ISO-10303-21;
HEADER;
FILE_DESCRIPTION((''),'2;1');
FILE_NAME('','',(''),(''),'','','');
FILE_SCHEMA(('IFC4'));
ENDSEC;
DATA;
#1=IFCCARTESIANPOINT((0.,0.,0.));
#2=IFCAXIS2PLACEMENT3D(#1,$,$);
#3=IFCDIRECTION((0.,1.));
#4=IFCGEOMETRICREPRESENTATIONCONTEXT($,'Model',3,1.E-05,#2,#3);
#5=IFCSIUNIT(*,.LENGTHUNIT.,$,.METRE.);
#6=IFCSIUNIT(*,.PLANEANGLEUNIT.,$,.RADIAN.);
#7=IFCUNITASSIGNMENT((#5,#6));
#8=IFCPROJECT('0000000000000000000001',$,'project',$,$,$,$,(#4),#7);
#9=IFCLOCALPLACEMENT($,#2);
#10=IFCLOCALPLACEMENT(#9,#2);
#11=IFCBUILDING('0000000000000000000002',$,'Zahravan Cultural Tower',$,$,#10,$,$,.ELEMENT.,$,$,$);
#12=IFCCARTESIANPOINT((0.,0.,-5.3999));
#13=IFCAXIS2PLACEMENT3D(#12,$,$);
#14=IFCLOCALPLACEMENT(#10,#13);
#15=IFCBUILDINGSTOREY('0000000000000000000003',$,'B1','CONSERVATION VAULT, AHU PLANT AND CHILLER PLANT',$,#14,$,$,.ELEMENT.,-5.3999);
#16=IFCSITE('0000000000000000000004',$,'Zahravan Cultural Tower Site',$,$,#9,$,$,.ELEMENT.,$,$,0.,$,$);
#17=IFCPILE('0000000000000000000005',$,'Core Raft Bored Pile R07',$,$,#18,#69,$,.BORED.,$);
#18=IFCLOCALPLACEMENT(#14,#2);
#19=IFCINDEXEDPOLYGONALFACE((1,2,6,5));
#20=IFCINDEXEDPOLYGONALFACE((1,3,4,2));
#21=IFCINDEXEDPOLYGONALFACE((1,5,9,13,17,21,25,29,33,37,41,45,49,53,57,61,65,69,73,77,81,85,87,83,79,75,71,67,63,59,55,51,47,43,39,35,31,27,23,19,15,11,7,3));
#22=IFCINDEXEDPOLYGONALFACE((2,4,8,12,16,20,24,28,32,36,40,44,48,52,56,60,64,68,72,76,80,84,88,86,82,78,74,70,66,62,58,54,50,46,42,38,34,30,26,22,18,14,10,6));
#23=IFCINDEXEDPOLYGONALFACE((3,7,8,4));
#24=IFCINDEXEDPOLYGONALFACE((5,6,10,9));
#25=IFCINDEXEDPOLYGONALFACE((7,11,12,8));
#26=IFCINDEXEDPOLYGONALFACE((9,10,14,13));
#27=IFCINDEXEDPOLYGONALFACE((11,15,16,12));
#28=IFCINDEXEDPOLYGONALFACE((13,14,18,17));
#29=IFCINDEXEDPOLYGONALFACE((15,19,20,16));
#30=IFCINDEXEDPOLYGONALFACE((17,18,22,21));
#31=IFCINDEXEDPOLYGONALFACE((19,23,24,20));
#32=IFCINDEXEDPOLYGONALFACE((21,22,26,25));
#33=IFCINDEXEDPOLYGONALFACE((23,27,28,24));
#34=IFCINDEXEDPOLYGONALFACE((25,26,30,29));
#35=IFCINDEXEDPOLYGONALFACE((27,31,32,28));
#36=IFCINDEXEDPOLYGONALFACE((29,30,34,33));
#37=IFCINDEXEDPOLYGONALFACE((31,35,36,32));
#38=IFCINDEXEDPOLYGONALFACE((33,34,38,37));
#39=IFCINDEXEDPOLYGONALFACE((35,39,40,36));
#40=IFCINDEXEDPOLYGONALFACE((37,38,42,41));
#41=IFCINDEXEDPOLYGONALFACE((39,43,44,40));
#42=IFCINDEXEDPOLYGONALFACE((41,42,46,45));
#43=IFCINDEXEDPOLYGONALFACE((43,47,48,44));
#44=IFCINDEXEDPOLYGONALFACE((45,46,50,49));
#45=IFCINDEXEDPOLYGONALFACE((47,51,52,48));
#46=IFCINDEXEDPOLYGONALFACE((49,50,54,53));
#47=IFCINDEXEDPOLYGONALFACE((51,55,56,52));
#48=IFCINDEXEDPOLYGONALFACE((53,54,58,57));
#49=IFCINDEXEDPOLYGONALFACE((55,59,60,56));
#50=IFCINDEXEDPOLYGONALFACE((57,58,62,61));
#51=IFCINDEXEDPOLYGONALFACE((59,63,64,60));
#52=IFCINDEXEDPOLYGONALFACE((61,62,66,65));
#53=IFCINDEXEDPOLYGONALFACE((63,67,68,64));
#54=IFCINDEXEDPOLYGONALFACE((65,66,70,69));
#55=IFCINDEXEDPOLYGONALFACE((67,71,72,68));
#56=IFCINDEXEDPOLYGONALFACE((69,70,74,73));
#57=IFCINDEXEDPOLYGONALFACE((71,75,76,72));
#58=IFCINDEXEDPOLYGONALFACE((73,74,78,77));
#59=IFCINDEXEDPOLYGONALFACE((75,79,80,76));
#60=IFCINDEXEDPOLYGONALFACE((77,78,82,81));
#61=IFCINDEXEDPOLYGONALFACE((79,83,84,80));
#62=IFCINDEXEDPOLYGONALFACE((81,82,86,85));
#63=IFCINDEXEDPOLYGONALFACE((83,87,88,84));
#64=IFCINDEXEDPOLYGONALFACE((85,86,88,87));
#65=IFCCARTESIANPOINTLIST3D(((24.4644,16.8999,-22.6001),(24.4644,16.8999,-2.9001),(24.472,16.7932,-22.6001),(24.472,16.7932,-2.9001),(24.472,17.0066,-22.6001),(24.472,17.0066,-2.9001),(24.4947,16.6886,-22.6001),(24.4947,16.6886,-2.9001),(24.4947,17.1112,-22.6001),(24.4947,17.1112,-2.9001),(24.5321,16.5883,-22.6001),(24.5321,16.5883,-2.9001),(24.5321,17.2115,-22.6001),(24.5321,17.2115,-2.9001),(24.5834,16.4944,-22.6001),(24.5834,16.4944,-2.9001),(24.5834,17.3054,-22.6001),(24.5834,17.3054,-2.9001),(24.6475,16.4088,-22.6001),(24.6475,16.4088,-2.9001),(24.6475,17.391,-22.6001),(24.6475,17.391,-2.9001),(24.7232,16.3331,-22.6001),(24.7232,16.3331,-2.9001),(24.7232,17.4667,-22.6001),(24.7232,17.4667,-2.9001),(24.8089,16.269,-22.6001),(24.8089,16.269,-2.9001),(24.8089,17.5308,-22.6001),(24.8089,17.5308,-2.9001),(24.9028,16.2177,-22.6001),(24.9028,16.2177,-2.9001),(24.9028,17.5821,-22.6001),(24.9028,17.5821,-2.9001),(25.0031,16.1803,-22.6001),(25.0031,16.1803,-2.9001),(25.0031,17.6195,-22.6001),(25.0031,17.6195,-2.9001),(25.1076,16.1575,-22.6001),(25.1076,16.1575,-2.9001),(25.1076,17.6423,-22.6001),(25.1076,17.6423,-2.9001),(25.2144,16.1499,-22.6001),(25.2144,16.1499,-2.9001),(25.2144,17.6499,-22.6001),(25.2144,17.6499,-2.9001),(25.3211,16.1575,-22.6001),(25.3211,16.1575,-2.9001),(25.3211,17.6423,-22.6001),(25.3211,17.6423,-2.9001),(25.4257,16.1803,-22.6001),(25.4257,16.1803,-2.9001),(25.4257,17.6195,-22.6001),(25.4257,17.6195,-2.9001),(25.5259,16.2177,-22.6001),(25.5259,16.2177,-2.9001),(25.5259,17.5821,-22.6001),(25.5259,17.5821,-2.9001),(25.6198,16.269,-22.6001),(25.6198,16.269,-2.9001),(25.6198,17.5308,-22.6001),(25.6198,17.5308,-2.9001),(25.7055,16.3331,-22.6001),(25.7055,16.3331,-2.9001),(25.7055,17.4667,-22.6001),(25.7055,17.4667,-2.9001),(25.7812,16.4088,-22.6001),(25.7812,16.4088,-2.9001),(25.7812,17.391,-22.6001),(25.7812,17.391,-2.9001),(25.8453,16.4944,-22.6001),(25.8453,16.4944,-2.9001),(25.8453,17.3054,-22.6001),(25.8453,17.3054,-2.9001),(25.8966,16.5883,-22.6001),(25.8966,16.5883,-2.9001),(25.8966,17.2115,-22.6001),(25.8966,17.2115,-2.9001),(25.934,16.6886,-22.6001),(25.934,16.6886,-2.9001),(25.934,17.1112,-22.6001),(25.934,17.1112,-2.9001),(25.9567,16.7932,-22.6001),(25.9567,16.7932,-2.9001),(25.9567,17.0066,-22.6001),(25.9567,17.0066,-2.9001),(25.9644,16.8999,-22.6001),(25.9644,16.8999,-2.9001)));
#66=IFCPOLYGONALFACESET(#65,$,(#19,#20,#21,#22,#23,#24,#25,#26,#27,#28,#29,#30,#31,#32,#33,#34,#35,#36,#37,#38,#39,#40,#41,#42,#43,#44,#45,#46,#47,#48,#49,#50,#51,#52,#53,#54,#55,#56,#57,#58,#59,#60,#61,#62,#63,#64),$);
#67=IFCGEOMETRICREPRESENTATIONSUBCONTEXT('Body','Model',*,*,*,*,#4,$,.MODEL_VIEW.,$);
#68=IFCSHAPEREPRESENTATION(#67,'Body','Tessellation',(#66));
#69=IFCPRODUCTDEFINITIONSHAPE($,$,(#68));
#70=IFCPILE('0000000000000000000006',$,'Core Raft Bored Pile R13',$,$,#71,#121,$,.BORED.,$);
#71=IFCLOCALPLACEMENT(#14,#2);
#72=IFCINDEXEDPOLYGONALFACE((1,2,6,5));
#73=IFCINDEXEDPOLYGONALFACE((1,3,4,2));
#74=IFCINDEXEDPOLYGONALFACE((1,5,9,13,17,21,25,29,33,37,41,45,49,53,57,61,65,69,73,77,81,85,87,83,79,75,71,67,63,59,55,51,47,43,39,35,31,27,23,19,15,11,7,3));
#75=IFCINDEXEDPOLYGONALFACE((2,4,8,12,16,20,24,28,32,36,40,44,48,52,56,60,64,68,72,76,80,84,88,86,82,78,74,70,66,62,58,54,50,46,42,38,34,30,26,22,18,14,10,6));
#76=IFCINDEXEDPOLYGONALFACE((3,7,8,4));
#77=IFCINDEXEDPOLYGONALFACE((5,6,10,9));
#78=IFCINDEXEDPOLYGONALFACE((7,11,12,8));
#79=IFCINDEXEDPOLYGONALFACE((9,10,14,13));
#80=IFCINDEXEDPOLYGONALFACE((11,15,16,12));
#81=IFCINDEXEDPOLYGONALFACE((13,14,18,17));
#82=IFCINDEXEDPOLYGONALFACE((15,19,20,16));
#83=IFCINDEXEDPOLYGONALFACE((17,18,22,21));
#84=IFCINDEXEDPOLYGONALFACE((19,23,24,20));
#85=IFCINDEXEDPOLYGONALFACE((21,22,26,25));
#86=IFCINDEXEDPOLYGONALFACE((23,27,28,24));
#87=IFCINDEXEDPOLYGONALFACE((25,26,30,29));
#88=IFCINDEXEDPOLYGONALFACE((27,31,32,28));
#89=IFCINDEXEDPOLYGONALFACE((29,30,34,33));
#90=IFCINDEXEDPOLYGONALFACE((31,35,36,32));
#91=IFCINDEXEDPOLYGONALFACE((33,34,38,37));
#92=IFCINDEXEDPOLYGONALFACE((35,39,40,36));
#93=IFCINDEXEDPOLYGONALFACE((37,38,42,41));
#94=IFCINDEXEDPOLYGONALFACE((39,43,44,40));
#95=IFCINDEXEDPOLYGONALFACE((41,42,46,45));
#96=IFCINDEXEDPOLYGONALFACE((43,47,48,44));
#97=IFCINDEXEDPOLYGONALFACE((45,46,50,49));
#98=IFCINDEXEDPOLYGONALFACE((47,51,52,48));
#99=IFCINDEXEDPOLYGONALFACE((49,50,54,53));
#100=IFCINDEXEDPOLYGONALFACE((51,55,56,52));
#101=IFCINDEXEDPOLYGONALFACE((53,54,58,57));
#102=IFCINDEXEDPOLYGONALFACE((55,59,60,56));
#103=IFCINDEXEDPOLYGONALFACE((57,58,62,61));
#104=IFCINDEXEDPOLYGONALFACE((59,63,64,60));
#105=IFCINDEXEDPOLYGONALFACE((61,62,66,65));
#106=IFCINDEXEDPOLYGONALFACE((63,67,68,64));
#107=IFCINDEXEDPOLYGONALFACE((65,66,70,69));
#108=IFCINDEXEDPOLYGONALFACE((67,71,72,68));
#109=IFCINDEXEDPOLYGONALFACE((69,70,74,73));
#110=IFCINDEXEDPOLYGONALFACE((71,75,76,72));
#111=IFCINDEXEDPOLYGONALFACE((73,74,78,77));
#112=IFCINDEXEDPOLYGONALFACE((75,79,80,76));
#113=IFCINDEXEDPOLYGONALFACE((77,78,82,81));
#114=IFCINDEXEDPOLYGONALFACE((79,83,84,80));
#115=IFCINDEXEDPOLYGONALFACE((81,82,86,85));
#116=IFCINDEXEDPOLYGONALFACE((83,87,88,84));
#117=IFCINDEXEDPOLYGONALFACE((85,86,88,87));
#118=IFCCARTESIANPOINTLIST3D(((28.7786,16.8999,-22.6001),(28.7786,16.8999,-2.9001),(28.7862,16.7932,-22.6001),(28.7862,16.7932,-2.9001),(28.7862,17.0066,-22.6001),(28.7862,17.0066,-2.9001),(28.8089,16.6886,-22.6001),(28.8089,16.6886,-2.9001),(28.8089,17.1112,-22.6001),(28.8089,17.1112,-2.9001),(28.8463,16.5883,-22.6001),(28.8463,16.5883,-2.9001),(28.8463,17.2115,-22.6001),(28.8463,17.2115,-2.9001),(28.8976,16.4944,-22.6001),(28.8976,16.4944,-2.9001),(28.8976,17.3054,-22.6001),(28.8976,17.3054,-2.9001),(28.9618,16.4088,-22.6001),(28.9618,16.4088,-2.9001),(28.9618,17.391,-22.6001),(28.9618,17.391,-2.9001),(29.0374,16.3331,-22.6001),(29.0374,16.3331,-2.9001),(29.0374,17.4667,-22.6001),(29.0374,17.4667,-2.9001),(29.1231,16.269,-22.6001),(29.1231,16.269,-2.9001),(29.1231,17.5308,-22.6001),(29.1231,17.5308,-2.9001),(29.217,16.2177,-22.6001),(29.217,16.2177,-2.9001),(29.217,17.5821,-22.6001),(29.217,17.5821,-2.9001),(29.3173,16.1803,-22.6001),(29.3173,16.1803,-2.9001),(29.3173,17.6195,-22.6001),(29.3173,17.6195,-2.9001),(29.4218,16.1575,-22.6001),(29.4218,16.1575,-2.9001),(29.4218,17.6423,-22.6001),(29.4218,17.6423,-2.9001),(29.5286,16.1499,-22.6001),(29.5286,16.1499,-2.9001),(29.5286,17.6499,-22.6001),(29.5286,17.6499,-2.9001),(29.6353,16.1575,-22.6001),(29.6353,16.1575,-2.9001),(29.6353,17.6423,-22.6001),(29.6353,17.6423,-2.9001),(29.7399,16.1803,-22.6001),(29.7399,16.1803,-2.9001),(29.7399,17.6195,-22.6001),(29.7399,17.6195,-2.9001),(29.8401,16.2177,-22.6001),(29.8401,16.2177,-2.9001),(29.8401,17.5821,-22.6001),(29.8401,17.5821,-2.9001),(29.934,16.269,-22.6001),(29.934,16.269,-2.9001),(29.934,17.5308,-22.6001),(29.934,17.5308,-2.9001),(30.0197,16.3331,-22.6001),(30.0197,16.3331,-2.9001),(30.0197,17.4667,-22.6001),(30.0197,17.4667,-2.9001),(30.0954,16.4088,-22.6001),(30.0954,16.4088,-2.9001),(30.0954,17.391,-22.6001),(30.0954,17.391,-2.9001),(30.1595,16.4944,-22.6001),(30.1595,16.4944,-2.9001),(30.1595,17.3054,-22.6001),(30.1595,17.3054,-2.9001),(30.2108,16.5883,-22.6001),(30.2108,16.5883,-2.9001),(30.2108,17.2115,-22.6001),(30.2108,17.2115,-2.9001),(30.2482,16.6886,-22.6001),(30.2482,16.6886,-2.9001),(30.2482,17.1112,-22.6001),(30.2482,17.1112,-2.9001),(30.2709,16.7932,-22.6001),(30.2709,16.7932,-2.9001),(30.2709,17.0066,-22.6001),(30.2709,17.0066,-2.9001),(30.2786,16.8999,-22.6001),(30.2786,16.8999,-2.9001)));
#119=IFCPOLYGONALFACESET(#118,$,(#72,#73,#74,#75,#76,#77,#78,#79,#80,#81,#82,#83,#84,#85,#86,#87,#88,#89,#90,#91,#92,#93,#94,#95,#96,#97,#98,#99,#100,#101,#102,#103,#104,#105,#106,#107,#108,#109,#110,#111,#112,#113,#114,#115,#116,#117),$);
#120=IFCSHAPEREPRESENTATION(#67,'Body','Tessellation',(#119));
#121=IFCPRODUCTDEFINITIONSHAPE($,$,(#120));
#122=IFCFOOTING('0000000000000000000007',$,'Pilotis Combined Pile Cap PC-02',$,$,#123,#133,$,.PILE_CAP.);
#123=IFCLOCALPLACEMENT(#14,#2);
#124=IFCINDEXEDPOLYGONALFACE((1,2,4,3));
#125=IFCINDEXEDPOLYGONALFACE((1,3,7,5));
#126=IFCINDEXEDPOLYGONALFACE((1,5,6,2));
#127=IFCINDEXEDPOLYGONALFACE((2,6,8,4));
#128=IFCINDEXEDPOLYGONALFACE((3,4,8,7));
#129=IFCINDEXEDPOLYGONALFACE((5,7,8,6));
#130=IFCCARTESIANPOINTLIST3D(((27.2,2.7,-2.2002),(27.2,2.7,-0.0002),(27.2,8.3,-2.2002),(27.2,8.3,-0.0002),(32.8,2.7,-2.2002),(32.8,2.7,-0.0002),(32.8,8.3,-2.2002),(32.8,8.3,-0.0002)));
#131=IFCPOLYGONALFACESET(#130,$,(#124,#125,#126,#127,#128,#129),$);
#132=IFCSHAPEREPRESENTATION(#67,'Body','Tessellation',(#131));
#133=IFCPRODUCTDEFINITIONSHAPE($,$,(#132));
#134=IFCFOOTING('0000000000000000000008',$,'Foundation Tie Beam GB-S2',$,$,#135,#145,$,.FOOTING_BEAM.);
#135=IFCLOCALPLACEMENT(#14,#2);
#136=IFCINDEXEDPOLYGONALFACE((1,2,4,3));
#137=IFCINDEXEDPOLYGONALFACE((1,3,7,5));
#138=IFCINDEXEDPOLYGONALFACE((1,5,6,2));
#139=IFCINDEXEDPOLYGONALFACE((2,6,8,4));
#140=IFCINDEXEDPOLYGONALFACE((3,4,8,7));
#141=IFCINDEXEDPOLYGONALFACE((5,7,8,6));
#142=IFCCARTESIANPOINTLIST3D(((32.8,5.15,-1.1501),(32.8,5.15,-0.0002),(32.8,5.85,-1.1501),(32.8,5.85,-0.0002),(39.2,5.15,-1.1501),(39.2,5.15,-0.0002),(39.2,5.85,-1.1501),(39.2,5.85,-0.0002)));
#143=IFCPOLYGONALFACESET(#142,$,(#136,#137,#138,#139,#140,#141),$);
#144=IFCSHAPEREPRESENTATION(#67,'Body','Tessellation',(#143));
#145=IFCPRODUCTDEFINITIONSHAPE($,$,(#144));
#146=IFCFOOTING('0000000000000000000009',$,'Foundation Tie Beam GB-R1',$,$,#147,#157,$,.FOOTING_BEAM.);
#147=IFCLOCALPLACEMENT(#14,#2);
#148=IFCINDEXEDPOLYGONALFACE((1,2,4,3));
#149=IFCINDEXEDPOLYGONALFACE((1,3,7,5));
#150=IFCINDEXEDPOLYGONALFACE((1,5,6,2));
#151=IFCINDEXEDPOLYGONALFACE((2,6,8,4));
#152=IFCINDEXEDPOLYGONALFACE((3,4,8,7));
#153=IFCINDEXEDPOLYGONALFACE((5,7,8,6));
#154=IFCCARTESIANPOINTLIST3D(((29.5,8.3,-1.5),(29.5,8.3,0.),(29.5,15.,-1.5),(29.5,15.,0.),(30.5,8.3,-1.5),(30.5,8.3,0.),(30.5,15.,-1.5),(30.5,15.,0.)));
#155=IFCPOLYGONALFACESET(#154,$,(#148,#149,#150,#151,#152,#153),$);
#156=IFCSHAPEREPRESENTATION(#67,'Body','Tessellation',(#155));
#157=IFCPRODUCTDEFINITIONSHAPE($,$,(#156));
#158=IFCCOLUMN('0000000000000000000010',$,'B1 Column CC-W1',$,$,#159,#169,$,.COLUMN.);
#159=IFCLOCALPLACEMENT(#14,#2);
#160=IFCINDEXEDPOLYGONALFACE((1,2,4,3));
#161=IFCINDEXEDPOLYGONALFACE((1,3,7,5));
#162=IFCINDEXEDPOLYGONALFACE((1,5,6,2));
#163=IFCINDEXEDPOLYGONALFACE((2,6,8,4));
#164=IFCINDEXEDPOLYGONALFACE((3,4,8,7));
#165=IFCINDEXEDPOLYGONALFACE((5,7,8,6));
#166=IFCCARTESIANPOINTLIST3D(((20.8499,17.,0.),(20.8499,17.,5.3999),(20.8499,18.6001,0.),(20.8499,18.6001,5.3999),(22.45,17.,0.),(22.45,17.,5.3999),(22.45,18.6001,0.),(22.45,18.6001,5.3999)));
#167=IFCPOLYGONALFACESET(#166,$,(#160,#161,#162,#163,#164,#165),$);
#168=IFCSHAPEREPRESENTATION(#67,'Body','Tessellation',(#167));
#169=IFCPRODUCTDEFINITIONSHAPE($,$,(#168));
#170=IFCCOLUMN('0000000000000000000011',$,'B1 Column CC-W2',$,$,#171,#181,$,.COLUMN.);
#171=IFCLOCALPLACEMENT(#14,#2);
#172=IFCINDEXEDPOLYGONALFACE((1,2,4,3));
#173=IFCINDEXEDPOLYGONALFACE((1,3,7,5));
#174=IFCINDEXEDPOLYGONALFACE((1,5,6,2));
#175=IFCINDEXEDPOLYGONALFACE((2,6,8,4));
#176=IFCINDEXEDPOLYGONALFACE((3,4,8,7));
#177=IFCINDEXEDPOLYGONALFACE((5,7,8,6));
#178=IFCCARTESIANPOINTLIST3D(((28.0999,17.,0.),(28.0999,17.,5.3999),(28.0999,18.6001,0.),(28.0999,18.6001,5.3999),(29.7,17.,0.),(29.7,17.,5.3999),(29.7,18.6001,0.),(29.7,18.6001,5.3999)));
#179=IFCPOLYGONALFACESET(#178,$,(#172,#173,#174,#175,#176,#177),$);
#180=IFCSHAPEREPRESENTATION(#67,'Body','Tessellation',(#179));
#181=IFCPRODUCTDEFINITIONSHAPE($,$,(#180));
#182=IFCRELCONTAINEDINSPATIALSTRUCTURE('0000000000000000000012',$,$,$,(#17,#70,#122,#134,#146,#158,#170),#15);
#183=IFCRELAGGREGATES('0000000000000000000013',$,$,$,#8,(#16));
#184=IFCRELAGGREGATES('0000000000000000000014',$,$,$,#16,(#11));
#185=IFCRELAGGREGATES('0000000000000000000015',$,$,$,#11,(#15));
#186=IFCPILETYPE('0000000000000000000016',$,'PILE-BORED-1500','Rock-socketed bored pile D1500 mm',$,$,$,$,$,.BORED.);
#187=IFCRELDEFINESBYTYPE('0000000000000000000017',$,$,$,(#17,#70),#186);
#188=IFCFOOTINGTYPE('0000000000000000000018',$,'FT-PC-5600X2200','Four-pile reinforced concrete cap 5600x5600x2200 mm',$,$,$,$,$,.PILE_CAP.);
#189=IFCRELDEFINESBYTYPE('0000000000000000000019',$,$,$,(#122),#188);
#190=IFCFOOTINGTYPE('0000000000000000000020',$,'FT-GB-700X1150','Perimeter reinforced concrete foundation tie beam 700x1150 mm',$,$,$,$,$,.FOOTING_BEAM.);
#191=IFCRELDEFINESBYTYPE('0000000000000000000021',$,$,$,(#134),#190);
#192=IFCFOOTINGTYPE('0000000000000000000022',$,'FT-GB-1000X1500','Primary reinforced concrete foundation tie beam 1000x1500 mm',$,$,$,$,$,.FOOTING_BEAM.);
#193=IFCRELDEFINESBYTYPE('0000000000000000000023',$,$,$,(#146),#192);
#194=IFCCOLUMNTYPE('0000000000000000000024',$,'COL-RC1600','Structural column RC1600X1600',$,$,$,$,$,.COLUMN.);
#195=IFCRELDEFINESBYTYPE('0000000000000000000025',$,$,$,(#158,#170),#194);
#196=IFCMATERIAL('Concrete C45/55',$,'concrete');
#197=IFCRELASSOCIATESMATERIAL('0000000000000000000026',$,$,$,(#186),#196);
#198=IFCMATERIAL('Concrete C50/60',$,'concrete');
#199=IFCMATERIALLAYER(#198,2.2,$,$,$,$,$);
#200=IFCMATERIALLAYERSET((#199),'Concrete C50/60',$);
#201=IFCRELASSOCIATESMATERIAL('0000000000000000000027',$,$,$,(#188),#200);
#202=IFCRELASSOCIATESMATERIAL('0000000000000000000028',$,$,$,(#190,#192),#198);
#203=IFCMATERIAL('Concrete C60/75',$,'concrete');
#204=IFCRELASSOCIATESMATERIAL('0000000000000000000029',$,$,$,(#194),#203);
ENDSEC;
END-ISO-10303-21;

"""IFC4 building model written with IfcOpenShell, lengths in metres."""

from ifc_helpers import new_model, si_unit, direction, frame, origin, origin_2d, place, context, subcontext, project, spatial, rectangle, circle, extrude, source, transform, mapped, material, layer, layer_set, material_profile, profile_set, type_object, element, save


model = new_model("IFC4")

# Units and contexts
model_context = context("Model", 3, precision=1e-05, world=origin(), true_north=direction((0.0, 1.0)))
body_context = subcontext(model_context, "Body", "Model", "MODEL_VIEW")
ifc_project = project(units=[si_unit("LENGTHUNIT", "METRE"), si_unit("PLANEANGLEUNIT", "RADIAN")], contexts=[model_context])

# Site, building, storey
site_placement = place(None, origin())
site = spatial("IfcSite", under=ifc_project, at=site_placement, Name="Zahravan Cultural Tower Site", CompositionType="ELEMENT", RefElevation=0.0)
building_placement = place(site_placement, origin())
building = spatial("IfcBuilding", under=site, at=building_placement, Name="Zahravan Cultural Tower", CompositionType="ELEMENT")
storey_placement = place(building_placement, frame((0.0, 0.0, -5.3999)))
storey = spatial("IfcBuildingStorey", under=building, at=storey_placement, Name="B1", Description="CONSERVATION VAULT, AHU PLANT AND CHILLER PLANT", CompositionType="ELEMENT", Elevation=-5.3999)

# Piles
ifc_material_1 = material(Name="Concrete C45/55", Category="concrete")
ifc_material_profile_1 = material_profile(ifc_material_1, circle(Radius=0.75, at=origin_2d()), Name="PILE-D1500")
ifc_profile_set_1 = profile_set([ifc_material_profile_1], Name="Concrete C45/55")
pile_type_1 = type_object("IfcPileType", Name="PILE-BORED-1500", Description="Rock-socketed bored pile D1500 mm", PredefinedType="BORED", material=ifc_profile_set_1)
for number, where, z_axis, x_axis, name in (
    (1, (25.2144, 16.8999, -2.9001), (0.0, 0.0, -1.0), (1.0, 0.0, 0.0), "Core Raft Bored Pile R07"),
    (2, (29.5286, 16.8999, -2.9001), (0.0, 0.0, -1.0), (1.0, 0.0, 0.0), "Core Raft Bored Pile R13"),
):
    element("IfcPile", number, at=place(storey_placement, frame(where, z_axis=z_axis, x_axis=x_axis)), inside=storey, type_object=pile_type_1, Name=name, PredefinedType="BORED", context=body_context, shape_type="SweptSolid", body=[
        extrude(circle(Radius=0.75, at=origin_2d()), origin(), (0.0, 0.0, 1.0), 19.7),
    ])

# Footings
ifc_material_2 = material(Name="Concrete C50/60", Category="concrete")
ifc_layer_1 = layer(ifc_material_2, 2.2)
ifc_layer_set_1 = layer_set([ifc_layer_1], Name="Concrete C50/60")
footing_type_1 = type_object("IfcFootingType", Name="FT-PC-5600X2200", Description="Four-pile reinforced concrete cap 5600x5600x2200 mm", PredefinedType="PILE_CAP", material=ifc_layer_set_1)
shared_shape_1 = source(origin(), body_context, "Body", "SweptSolid", [
    extrude(rectangle(XDim=5.6001, YDim=5.6001, at=origin_2d()), origin(), (0.0, 0.0, 1.0), 2.2),
])
footing_1_placement = place(storey_placement, frame((30.0, 5.5, -2.2002), z_axis=(0.0, 0.0, 1.0), x_axis=(1.0, 0.0, 0.0)))
element("IfcFooting", 3, at=footing_1_placement, inside=storey, type_object=footing_type_1, Name="Pilotis Combined Pile Cap PC-02", PredefinedType="PILE_CAP", context=body_context, shape_type="MappedRepresentation", body=[
    mapped(shared_shape_1, transform((0.0, 0.0, 0.0), x_axis=(1.0, 0.0, 0.0), y_axis=(0.0, 1.0, 0.0), z_axis=(0.0, 0.0, 1.0), scale=1.0)),
])
ifc_material_profile_2 = material_profile(ifc_material_2, rectangle(XDim=0.7, YDim=1.1499, at=origin_2d()), Name="RC700X1150")
ifc_profile_set_2 = profile_set([ifc_material_profile_2], Name="Concrete C50/60")
footing_type_2 = type_object("IfcFootingType", Name="FT-GB-700X1150", Description="Perimeter reinforced concrete foundation tie beam 700x1150 mm", PredefinedType="FOOTING_BEAM", material=ifc_profile_set_2)
shared_shape_2 = source(origin(), body_context, "Body", "SweptSolid", [
    extrude(rectangle(XDim=0.7, YDim=1.1499, at=origin_2d()), origin(), (0.0, 0.0, 1.0), 6.3999),
])
footing_2_placement = place(storey_placement, frame((32.8, 5.5, -0.5752), z_axis=(1.0, 0.0, 0.0), x_axis=(0.0, 1.0, 0.0)))
element("IfcFooting", 4, at=footing_2_placement, inside=storey, type_object=footing_type_2, Name="Foundation Tie Beam GB-S2", PredefinedType="FOOTING_BEAM", context=body_context, shape_type="MappedRepresentation", body=[
    mapped(shared_shape_2, transform((0.0, 0.0, 0.0), x_axis=(1.0, 0.0, 0.0), y_axis=(0.0, 1.0, 0.0), z_axis=(0.0, 0.0, 1.0), scale=1.0)),
])
ifc_material_profile_3 = material_profile(ifc_material_2, rectangle(XDim=1.0, YDim=1.5, at=origin_2d()), Name="RC1000X1500")
ifc_profile_set_3 = profile_set([ifc_material_profile_3], Name="Concrete C50/60")
footing_type_3 = type_object("IfcFootingType", Name="FT-GB-1000X1500", Description="Primary reinforced concrete foundation tie beam 1000x1500 mm", PredefinedType="FOOTING_BEAM", material=ifc_profile_set_3)
shared_shape_3 = source(origin(), body_context, "Body", "SweptSolid", [
    extrude(rectangle(XDim=1.0, YDim=1.5, at=origin_2d()), origin(), (0.0, 0.0, 1.0), 6.7),
])
footing_3_placement = place(storey_placement, frame((30.0, 8.3, -0.75), z_axis=(0.0, 1.0, 0.0), x_axis=(-1.0, 0.0, 0.0)))
element("IfcFooting", 5, at=footing_3_placement, inside=storey, type_object=footing_type_3, Name="Foundation Tie Beam GB-R1", PredefinedType="FOOTING_BEAM", context=body_context, shape_type="MappedRepresentation", body=[
    mapped(shared_shape_3, transform((0.0, 0.0, 0.0), x_axis=(1.0, 0.0, 0.0), y_axis=(0.0, 1.0, 0.0), z_axis=(0.0, 0.0, 1.0), scale=1.0)),
])

# Columns
ifc_material_3 = material(Name="Concrete C60/75", Category="concrete")
ifc_material_profile_4 = material_profile(ifc_material_3, rectangle(XDim=1.6001, YDim=1.6001, at=origin_2d()), Name="RC1600X1600")
ifc_profile_set_4 = profile_set([ifc_material_profile_4], Name="Concrete C60/75")
column_type_1 = type_object("IfcColumnType", Name="COL-RC1600", Description="Structural column RC1600X1600", PredefinedType="COLUMN", material=ifc_profile_set_4)
shared_shape_4 = source(origin(), body_context, "Body", "SweptSolid", [
    extrude(rectangle(XDim=1.6001, YDim=1.6001, at=origin_2d()), origin(), (0.0, 0.0, 1.0), 5.3999),
])
for number, where, z_axis, x_axis, name in (
    (6, (21.6499, 17.8, 0.0), (0.0, 0.0, 1.0), (1.0, 0.0, 0.0), "B1 Column CC-W1"),
    (7, (28.8999, 17.8, 0.0), (0.0, 0.0, 1.0), (1.0, 0.0, 0.0), "B1 Column CC-W2"),
):
    element("IfcColumn", number, at=place(storey_placement, frame(where, z_axis=z_axis, x_axis=x_axis)), inside=storey, type_object=column_type_1, Name=name, PredefinedType="COLUMN", context=body_context, shape_type="MappedRepresentation", body=[
        mapped(shared_shape_4, transform((0.0, 0.0, 0.0), x_axis=(1.0, 0.0, 0.0), y_axis=(0.0, 1.0, 0.0), z_axis=(0.0, 0.0, 1.0), scale=1.0)),
    ])

save(model, "model.ifc")
